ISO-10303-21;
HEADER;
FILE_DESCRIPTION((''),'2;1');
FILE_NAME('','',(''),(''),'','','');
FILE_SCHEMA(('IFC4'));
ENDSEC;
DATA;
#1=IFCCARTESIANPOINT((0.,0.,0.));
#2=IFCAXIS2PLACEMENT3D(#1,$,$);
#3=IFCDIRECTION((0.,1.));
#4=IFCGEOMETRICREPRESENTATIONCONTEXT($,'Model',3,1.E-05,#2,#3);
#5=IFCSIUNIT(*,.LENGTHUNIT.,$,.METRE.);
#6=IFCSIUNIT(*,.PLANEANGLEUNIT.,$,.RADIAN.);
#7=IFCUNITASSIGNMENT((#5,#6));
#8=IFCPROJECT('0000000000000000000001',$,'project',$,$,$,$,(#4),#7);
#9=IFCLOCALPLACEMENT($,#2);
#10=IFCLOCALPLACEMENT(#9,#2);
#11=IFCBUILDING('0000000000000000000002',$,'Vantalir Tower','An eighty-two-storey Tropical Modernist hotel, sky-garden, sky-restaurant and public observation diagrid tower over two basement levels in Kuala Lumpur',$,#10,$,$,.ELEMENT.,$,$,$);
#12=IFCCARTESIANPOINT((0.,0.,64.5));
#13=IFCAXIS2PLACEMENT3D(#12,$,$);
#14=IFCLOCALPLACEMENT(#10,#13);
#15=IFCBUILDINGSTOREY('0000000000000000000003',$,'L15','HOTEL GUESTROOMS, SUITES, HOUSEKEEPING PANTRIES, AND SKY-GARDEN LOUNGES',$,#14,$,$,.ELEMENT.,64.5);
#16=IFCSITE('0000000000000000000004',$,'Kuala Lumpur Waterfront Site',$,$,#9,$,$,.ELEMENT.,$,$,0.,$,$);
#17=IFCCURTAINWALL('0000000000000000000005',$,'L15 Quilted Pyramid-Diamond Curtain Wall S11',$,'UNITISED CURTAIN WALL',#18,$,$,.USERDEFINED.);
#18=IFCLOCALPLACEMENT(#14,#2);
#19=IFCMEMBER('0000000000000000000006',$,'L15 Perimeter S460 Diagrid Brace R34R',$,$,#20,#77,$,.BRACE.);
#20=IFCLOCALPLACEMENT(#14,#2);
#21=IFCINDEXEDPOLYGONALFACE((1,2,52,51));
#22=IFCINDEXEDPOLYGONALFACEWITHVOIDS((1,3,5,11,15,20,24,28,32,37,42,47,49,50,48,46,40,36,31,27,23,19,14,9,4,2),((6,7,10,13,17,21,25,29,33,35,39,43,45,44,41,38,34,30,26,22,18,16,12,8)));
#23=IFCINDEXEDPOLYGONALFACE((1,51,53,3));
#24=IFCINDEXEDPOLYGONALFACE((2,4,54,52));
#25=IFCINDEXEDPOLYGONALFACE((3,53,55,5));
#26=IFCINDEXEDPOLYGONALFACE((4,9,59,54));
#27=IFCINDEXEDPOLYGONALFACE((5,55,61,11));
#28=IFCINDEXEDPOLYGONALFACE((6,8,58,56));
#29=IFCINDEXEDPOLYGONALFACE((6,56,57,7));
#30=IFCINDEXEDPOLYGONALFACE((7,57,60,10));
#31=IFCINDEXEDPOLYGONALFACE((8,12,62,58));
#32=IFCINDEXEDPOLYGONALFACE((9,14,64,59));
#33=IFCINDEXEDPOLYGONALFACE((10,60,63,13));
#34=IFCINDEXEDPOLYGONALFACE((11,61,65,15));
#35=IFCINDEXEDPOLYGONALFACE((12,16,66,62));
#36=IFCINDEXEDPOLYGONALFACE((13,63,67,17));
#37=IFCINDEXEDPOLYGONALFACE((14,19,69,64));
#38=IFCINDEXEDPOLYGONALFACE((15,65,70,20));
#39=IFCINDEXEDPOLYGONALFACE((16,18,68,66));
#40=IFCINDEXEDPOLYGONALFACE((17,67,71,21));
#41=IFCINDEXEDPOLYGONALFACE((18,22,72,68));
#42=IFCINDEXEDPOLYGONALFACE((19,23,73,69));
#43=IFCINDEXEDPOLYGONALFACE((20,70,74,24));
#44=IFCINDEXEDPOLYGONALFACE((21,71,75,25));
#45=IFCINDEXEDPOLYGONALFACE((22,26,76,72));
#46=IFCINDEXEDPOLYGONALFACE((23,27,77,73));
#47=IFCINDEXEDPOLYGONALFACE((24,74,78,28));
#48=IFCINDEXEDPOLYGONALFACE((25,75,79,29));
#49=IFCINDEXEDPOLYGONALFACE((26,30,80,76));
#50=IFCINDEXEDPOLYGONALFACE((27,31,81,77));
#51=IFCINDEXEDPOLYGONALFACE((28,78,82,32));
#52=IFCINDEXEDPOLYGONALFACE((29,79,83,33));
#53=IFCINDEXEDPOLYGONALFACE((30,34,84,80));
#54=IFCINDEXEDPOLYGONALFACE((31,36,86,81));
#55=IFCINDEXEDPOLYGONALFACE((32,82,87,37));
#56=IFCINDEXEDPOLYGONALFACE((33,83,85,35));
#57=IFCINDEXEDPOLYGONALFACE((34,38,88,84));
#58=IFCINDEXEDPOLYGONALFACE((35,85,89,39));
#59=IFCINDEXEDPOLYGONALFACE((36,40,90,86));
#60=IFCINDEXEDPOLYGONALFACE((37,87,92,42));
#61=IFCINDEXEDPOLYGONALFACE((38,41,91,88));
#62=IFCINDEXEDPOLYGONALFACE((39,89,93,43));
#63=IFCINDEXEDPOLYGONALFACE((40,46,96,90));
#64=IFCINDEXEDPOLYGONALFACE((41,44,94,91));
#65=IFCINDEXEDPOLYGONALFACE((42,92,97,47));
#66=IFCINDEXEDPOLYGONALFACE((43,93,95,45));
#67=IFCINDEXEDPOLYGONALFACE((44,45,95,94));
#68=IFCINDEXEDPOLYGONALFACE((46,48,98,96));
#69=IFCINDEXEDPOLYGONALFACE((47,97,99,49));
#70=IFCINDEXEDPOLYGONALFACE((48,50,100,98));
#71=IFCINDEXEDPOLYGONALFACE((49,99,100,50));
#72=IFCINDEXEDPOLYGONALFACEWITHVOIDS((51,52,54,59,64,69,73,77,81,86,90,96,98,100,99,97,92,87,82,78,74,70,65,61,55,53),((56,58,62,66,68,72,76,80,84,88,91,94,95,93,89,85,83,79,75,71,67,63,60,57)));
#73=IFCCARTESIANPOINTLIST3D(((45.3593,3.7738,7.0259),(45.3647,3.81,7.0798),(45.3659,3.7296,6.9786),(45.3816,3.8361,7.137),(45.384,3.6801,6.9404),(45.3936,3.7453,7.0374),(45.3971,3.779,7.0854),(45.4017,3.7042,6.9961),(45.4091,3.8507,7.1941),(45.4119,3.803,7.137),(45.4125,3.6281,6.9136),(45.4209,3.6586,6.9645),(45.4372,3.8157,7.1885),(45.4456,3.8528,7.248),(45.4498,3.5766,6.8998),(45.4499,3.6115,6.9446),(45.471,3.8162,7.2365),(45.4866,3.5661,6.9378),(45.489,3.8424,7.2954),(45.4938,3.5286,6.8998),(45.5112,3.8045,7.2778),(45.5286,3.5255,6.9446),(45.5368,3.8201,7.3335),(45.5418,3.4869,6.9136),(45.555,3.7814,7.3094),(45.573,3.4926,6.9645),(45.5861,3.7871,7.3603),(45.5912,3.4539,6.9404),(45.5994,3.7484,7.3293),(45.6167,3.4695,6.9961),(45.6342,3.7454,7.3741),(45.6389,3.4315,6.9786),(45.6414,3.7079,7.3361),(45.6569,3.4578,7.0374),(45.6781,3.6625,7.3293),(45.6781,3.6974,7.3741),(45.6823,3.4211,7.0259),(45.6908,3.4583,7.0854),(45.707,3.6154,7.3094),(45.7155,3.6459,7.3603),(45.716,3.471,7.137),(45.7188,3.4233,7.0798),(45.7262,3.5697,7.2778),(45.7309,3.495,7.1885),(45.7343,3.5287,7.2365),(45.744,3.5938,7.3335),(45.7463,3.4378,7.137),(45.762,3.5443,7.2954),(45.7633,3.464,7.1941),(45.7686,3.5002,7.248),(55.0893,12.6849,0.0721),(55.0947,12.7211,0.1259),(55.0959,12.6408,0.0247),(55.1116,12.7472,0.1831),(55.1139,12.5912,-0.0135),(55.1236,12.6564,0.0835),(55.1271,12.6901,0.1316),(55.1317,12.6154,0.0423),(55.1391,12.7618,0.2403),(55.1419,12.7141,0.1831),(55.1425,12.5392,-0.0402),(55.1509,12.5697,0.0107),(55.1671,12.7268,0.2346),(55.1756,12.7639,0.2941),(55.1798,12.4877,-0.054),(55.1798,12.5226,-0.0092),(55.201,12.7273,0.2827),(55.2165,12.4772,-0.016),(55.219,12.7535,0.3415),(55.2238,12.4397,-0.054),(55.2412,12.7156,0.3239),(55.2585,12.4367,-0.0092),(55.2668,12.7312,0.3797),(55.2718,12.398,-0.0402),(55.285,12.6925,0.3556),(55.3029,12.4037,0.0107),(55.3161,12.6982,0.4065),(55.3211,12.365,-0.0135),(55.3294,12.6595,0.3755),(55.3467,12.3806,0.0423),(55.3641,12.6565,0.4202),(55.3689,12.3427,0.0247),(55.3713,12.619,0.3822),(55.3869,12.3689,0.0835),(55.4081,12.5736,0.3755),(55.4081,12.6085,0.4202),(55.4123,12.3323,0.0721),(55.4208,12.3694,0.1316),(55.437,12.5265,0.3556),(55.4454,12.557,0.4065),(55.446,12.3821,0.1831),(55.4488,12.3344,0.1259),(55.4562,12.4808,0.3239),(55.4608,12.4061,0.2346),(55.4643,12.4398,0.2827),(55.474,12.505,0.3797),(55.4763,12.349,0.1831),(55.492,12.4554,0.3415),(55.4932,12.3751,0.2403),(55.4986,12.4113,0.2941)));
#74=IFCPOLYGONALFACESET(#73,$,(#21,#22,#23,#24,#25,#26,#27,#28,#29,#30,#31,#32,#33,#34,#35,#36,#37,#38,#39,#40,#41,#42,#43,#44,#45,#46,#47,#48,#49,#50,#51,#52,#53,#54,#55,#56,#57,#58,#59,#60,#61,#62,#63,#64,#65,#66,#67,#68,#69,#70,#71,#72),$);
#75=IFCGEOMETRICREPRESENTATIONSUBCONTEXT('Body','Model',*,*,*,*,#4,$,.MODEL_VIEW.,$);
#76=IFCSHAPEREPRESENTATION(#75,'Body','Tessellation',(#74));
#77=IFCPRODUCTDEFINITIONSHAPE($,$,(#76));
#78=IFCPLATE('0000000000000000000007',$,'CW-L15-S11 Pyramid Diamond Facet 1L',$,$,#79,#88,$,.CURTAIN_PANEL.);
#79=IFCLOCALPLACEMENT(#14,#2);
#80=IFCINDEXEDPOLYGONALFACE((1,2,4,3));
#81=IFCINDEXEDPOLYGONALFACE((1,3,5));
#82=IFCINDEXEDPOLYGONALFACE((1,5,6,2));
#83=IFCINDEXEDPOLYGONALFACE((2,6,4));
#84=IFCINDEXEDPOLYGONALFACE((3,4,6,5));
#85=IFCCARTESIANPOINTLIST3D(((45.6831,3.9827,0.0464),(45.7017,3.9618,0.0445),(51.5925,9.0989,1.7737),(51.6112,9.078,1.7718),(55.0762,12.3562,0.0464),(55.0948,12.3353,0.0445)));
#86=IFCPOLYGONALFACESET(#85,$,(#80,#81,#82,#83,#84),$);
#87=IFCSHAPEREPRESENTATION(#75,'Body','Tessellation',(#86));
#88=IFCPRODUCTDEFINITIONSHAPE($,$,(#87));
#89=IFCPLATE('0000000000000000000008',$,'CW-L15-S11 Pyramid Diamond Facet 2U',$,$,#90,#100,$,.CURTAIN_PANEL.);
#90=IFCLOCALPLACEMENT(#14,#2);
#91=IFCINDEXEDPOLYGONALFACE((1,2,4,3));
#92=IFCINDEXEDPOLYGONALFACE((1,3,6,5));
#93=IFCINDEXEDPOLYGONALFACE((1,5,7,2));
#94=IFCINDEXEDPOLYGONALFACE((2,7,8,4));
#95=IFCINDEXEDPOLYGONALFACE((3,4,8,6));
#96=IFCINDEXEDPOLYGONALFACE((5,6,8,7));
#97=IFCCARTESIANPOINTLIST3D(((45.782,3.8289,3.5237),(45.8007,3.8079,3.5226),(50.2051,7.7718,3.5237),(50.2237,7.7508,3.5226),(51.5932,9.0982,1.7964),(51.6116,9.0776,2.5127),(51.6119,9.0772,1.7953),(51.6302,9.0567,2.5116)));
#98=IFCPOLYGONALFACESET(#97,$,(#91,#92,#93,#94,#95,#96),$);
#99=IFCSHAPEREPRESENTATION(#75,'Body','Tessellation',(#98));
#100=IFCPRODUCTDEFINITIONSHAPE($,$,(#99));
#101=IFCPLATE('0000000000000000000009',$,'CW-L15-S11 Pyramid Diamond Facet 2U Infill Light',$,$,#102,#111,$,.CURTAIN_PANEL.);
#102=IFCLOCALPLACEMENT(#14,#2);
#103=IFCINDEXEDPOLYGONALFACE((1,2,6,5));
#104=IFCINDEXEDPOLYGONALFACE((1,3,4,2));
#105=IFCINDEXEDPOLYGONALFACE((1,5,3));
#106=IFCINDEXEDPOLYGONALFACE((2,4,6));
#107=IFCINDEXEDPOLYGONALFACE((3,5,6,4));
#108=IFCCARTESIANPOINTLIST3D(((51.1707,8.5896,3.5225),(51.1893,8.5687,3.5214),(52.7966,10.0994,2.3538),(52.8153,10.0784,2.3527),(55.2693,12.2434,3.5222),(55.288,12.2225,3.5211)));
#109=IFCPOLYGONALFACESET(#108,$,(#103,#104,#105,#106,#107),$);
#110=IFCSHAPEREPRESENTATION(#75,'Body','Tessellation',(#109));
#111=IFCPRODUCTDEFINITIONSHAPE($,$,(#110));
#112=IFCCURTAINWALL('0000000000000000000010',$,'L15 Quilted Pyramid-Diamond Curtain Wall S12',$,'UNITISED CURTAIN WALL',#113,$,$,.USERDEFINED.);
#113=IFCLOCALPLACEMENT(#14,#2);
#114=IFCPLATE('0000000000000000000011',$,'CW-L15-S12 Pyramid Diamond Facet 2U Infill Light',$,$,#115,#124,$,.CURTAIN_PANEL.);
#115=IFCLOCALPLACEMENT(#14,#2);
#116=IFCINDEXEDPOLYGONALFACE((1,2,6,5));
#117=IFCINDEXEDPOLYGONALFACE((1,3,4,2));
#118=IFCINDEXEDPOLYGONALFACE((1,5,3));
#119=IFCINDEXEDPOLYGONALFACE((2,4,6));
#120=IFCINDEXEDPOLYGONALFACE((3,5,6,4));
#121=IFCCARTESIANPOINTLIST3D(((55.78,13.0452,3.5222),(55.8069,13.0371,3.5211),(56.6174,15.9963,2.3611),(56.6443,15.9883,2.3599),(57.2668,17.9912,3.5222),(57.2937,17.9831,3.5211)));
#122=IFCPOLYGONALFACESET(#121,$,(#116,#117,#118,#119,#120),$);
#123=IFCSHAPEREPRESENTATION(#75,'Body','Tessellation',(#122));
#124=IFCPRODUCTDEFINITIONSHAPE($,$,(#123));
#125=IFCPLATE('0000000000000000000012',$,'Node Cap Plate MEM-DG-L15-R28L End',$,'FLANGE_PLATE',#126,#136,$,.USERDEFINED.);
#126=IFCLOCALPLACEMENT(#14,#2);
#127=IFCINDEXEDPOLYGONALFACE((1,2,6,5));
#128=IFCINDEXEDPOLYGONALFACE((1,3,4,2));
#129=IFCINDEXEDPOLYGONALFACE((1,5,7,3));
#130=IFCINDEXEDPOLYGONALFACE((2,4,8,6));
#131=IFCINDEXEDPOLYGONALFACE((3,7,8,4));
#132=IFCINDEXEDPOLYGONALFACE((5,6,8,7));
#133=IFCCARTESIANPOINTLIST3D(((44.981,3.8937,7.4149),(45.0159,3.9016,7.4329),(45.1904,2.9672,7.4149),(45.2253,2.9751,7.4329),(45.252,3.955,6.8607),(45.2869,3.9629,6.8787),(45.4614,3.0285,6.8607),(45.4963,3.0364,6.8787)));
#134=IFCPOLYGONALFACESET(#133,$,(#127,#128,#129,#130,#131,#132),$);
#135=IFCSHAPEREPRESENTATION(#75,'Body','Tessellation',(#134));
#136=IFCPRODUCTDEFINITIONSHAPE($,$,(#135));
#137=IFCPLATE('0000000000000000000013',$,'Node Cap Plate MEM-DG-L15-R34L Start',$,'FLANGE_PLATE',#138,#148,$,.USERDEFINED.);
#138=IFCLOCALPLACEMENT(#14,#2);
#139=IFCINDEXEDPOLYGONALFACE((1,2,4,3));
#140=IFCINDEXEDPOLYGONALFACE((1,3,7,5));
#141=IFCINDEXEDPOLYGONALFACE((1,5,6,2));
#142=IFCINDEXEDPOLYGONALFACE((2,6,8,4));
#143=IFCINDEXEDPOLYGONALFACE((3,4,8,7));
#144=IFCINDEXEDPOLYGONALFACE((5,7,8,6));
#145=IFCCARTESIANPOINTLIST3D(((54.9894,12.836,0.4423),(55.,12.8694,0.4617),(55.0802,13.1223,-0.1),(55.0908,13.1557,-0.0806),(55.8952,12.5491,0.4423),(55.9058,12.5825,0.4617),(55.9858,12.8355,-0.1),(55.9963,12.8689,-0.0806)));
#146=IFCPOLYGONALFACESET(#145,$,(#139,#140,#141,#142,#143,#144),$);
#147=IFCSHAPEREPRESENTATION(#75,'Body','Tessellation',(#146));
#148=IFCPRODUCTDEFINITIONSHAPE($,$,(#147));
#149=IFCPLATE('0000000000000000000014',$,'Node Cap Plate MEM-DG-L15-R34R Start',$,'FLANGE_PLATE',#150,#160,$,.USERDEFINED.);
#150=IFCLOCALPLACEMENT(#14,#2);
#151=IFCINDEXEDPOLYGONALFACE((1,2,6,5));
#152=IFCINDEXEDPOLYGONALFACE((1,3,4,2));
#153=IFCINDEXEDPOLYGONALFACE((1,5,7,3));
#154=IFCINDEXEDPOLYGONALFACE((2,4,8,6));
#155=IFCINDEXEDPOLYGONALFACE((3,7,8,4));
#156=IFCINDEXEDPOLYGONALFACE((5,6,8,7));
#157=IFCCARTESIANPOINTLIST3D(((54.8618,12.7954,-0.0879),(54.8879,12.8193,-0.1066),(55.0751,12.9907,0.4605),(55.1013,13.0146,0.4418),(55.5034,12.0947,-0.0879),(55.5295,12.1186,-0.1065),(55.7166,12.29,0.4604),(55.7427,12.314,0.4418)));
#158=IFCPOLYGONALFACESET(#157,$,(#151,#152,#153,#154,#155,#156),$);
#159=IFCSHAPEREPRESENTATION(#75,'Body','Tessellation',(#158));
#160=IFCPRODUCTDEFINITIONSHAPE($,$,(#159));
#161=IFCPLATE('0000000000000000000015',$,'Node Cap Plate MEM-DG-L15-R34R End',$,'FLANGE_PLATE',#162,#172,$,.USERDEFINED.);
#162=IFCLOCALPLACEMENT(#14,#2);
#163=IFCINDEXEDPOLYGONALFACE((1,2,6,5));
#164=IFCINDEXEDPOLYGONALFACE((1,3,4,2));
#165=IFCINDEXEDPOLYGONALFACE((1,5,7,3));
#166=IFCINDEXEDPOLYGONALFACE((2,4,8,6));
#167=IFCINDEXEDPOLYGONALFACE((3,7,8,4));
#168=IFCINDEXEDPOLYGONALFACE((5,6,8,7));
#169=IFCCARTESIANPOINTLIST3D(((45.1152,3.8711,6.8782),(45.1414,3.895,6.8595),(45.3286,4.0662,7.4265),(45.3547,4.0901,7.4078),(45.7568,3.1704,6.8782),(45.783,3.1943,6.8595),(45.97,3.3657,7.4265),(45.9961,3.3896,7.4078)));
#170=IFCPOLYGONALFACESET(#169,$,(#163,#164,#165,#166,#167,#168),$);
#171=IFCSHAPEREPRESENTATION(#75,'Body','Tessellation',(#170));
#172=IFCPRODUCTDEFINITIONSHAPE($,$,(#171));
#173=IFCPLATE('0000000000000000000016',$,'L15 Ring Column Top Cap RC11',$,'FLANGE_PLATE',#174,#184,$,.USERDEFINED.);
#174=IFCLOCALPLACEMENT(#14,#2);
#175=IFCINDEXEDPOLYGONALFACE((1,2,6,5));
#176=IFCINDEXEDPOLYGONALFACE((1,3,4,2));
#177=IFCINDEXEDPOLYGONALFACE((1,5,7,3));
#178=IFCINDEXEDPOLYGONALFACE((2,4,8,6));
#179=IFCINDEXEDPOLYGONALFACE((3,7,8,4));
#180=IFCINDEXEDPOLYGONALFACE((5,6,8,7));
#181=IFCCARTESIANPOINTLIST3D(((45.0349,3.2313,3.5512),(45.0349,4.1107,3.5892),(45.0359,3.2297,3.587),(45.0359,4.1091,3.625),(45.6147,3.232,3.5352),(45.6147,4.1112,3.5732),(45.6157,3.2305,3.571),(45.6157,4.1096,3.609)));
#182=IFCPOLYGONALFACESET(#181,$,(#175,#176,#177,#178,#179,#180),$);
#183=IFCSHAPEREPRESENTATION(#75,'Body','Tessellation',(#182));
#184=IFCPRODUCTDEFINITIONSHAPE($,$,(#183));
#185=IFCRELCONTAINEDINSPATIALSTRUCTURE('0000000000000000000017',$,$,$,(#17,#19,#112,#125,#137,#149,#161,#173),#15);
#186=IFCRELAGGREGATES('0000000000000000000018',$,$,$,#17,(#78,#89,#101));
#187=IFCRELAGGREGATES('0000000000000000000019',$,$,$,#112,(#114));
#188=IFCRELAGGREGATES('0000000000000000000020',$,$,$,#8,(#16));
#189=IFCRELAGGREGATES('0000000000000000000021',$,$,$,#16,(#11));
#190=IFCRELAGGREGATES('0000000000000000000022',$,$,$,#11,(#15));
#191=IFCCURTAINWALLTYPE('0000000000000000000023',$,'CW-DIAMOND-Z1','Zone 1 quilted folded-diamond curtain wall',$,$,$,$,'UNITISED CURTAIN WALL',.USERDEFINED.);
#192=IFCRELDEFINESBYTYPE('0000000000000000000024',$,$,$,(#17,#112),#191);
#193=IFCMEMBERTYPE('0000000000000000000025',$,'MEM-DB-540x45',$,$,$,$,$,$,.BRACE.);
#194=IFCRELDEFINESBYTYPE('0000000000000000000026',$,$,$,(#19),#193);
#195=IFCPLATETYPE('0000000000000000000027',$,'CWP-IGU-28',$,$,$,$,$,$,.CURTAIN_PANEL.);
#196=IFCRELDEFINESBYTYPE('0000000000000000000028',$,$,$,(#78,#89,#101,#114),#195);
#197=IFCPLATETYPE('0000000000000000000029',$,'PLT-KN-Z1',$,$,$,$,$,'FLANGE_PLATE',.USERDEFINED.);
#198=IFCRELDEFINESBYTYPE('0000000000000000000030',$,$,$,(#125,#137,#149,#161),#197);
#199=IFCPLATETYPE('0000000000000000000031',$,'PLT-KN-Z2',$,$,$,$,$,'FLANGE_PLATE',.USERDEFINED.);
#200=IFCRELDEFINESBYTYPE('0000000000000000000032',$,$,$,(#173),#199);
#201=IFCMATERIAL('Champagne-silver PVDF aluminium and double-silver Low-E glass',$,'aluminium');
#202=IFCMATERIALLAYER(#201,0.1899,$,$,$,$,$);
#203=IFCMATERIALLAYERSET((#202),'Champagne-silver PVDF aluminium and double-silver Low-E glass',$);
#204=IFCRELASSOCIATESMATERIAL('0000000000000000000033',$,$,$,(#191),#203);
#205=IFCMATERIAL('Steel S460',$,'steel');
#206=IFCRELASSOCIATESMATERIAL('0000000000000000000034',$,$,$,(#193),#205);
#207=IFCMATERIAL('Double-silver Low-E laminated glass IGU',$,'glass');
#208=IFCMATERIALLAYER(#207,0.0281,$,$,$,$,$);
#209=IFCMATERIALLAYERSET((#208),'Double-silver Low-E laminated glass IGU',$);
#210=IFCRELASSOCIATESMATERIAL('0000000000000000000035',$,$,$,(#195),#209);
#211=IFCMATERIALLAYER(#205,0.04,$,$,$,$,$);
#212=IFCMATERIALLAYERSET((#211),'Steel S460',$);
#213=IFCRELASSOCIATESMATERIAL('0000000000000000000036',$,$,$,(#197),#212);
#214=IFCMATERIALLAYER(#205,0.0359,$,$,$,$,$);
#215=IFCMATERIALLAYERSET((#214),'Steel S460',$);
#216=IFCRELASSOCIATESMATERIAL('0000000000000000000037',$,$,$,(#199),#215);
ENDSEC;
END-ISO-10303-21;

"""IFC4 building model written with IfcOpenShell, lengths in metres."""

from ifc_helpers import new_model, si_unit, direction, frame, origin, origin_2d, place, context, subcontext, project, spatial, polyline, hollow_circle, outline, extrude, material, layer, layer_set, material_profile, profile_set, type_object, element, aggregate, save


model = new_model("IFC4")

# Units and contexts
model_context = context("Model", 3, precision=1e-05, world=origin(), true_north=direction((0.0, 1.0)))
body_context = subcontext(model_context, "Body", "Model", "MODEL_VIEW")
ifc_project = project(units=[si_unit("LENGTHUNIT", "METRE"), si_unit("PLANEANGLEUNIT", "RADIAN")], contexts=[model_context])

# Site, building, storey
site_placement = place(None, origin())
site = spatial("IfcSite", under=ifc_project, at=site_placement, Name="Kuala Lumpur Waterfront Site", CompositionType="ELEMENT", RefElevation=0.0)
building_placement = place(site_placement, origin())
building = spatial("IfcBuilding", under=site, at=building_placement, Name="Vantalir Tower", Description="An eighty-two-storey Tropical Modernist hotel, sky-garden, sky-restaurant and public observation diagrid tower over two basement levels in Kuala Lumpur", CompositionType="ELEMENT")
storey_placement = place(building_placement, frame((0.0, 0.0, 64.5)))
storey = spatial("IfcBuildingStorey", under=building, at=storey_placement, Name="L15", Description="HOTEL GUESTROOMS, SUITES, HOUSEKEEPING PANTRIES, AND SKY-GARDEN LOUNGES", CompositionType="ELEMENT", Elevation=64.5)

# Shared definitions
ifc_material_1 = material(Name="Steel S460", Category="steel")

# Shared definitions
ifc_material_2 = material(Name="Champagne-silver PVDF aluminium and double-silver Low-E glass", Category="aluminium")
ifc_layer_1 = layer(ifc_material_2, 0.1899)
ifc_layer_set_1 = layer_set([ifc_layer_1], Name="Champagne-silver PVDF aluminium and double-silver Low-E glass")
curtain_wall_type = type_object("IfcCurtainWallType", Name="CW-DIAMOND-Z1", Description="Zone 1 quilted folded-diamond curtain wall", ElementType="UNITISED CURTAIN WALL", PredefinedType="USERDEFINED", material=ifc_layer_set_1)

# Curtain wall
curtain_wall_1_placement = place(storey_placement, origin())
curtain_wall_1 = element("IfcCurtainWall", 1, at=curtain_wall_1_placement, inside=storey, type_object=curtain_wall_type, Name="L15 Quilted Pyramid-Diamond Curtain Wall S11", ObjectType="UNITISED CURTAIN WALL", PredefinedType="USERDEFINED")

# Member
ifc_material_profile_1 = material_profile(ifc_material_1, hollow_circle(Radius=0.27, WallThickness=0.0449, at=origin_2d()), Name="Steel S460")
ifc_profile_set_1 = profile_set([ifc_material_profile_1], Name="Steel S460")
member_type_1 = type_object("IfcMemberType", Name="MEM-DB-540x45", PredefinedType="BRACE", material=ifc_profile_set_1)
member_1_placement = place(storey_placement, frame((55.2939, 12.5481, 0.1831), z_axis=(-0.652392, -0.597488, 0.466254), x_axis=(0.675394, -0.737457, 0.0)))
element("IfcMember", 2, at=member_1_placement, inside=storey, type_object=member_type_1, Name="L15 Perimeter S460 Diagrid Brace R34R", PredefinedType="BRACE", context=body_context, shape_type="SweptSolid", body=[
    extrude(hollow_circle(Radius=0.27, WallThickness=0.0449, at=origin_2d()), origin(), (0.0, 0.0, 1.0), 14.9143),
])

# Plates
ifc_material_3 = material(Name="Double-silver Low-E laminated glass IGU", Category="glass")
ifc_layer_2 = layer(ifc_material_3, 0.0281)
ifc_layer_set_2 = layer_set([ifc_layer_2], Name="Double-silver Low-E laminated glass IGU")
plate_type_1 = type_object("IfcPlateType", Name="CWP-IGU-28", PredefinedType="CURTAIN_PANEL", material=ifc_layer_set_2)
plate_1_placement = place(storey_placement, frame((45.6831, 3.9827, 0.0464), z_axis=(-0.664008, 0.744855, 0.06546), x_axis=(0.746456, 0.665435, 0.0)))
plate_1 = element("IfcPlate", 3, at=plate_1_placement, type_object=plate_type_1, Name="CW-L15-S11 Pyramid Diamond Facet 1L", PredefinedType="CURTAIN_PANEL", context=body_context, shape_type="SweptSolid", body=[
    extrude(outline(polyline([(0.0, 0.0), (12.5836, 0.0), (7.8156, -1.731), (0.0, 0.0)])), origin(), (0.0, 0.0, -1.0), 0.0281),
])
plate_2_placement = place(storey_placement, frame((45.782, 3.8289, 3.5237), z_axis=(-0.664936, 0.745912, 0.038405), x_axis=(0.746463, 0.665427, 0.0)))
plate_2 = element("IfcPlate", 4, at=plate_2_placement, type_object=plate_type_1, Name="CW-L15-S11 Pyramid Diamond Facet 2U", PredefinedType="CURTAIN_PANEL", context=body_context, shape_type="SweptSolid", body=[
    extrude(outline(polyline([(0.0, 0.0), (5.9254, 0.0), (7.8443, 1.0117), (7.8442, 1.7286), (0.0, 0.0)])), origin(), (0.0, 0.0, -1.0), 0.0281),
])
plate_3_placement = place(storey_placement, frame((51.1707, 8.5896, 3.5225), z_axis=(-0.664946, 0.745901, 0.03846), x_axis=(0.746452, 0.665439, -0.000044)))
plate_3 = element("IfcPlate", 5, at=plate_3_placement, type_object=plate_type_1, Name="CW-L15-S11 Pyramid Diamond Facet 2U Infill Light", PredefinedType="CURTAIN_PANEL", context=body_context, shape_type="SweptSolid", body=[
    extrude(outline(polyline([(0.0, 0.0), (5.4908, 0.0), (2.2184, 1.1695), (0.0, 0.0)])), origin(), (0.0, 0.0, -1.0), 0.0281),
])
aggregate(curtain_wall_1, [plate_1, plate_2, plate_3])

# Curtain wall, plate
curtain_wall_2_placement = place(storey_placement, origin())
curtain_wall_2 = element("IfcCurtainWall", 6, at=curtain_wall_2_placement, inside=storey, type_object=curtain_wall_type, Name="L15 Quilted Pyramid-Diamond Curtain Wall S12", ObjectType="UNITISED CURTAIN WALL", PredefinedType="USERDEFINED")
plate_4_placement = place(storey_placement, frame((55.78, 13.0452, 3.5222), z_axis=(-0.956861, 0.287639, 0.04099), x_axis=(0.287881, 0.957666, 0.0)))
plate_4 = element("IfcPlate", 7, at=plate_4_placement, type_object=plate_type_1, Name="CW-L15-S12 Pyramid Diamond Facet 2U Infill Light", PredefinedType="CURTAIN_PANEL", context=body_context, shape_type="SweptSolid", body=[
    extrude(outline(polyline([(0.0, 0.0), (5.1647, 0.0), (3.0673, 1.1621), (0.0, 0.0)])), origin(), (0.0, 0.0, -1.0), 0.0281),
])
aggregate(curtain_wall_2, [plate_4])

# Plates
ifc_layer_3 = layer(ifc_material_1, 0.04)
ifc_layer_set_3 = layer_set([ifc_layer_3], Name="Steel S460")
plate_type_2 = type_object("IfcPlateType", Name="PLT-KN-Z1", ElementType="FLANGE_PLATE", PredefinedType="USERDEFINED", material=ifc_layer_set_3)
plate_5_placement = place(storey_placement, frame((45.4963, 3.0364, 6.8787), z_axis=(0.871943, 0.197135, 0.448166), x_axis=(-0.220521, 0.975382, 0.0)))
element("IfcPlate", 8, at=plate_5_placement, inside=storey, type_object=plate_type_2, Name="Node Cap Plate MEM-DG-L15-R28L End", ObjectType="FLANGE_PLATE", PredefinedType="USERDEFINED", context=body_context, shape_type="SweptSolid", body=[
    extrude(outline(polyline([(0.0, 0.0), (0.9499, 0.0), (0.9499, 0.6199), (0.0, 0.6199), (0.0, 0.0)])), origin(), (0.0, 0.0, -1.0), 0.04),
])
plate_6_placement = place(storey_placement, frame((55.9963, 12.8689, -0.0806), z_axis=(0.264142, 0.833902, 0.4846), x_axis=(-0.953315, 0.301976, -0.000016)))
element("IfcPlate", 9, at=plate_6_placement, inside=storey, type_object=plate_type_2, Name="Node Cap Plate MEM-DG-L15-R34L Start", ObjectType="FLANGE_PLATE", PredefinedType="USERDEFINED", context=body_context, shape_type="SweptSolid", body=[
    extrude(outline(polyline([(0.0, 0.0), (0.9499, 0.0), (0.95, 0.6199), (-0.0001, 0.6199), (0.0, 0.0)])), origin(), (0.0, 0.0, -1.0), 0.04),
])
plate_7_placement = place(storey_placement, frame((54.8618, 12.7954, -0.0879), z_axis=(-0.652414, -0.597288, 0.46648), x_axis=(0.675274, -0.737567, 0.000039)))
element("IfcPlate", 10, at=plate_7_placement, inside=storey, type_object=plate_type_2, Name="Node Cap Plate MEM-DG-L15-R34R Start", ObjectType="FLANGE_PLATE", PredefinedType="USERDEFINED", context=body_context, shape_type="SweptSolid", body=[
    extrude(outline(polyline([(0.0, 0.0), (0.9501, 0.0), (0.9499, 0.6199), (0.0001, 0.62), (0.0, 0.0)])), origin(), (0.0, 0.0, -1.0), 0.04),
])
plate_8_placement = place(storey_placement, frame((45.1152, 3.8711, 6.8782), z_axis=(-0.652402, -0.597382, 0.466376), x_axis=(0.675324, -0.737521, 0.000003)))
element("IfcPlate", 11, at=plate_8_placement, inside=storey, type_object=plate_type_2, Name="Node Cap Plate MEM-DG-L15-R34R End", ObjectType="FLANGE_PLATE", PredefinedType="USERDEFINED", context=body_context, shape_type="SweptSolid", body=[
    extrude(outline(polyline([(0.0, 0.0), (0.9501, 0.0), (0.9499, 0.6199), (0.0002, 0.6199), (0.0, 0.0)])), origin(), (0.0, 0.0, -1.0), 0.04),
])
ifc_layer_4 = layer(ifc_material_1, 0.0359)
ifc_layer_set_4 = layer_set([ifc_layer_4], Name="Steel S460")
plate_type_3 = type_object("IfcPlateType", Name="PLT-KN-Z2", ElementType="FLANGE_PLATE", PredefinedType="USERDEFINED", material=ifc_layer_set_4)
plate_9_placement = place(storey_placement, frame((45.0359, 4.1091, 3.625), z_axis=(0.027588, -0.04312, 0.998689), x_axis=(0.000004, -0.999069, -0.043136)))
element("IfcPlate", 12, at=plate_9_placement, inside=storey, type_object=plate_type_3, Name="L15 Ring Column Top Cap RC11", ObjectType="FLANGE_PLATE", PredefinedType="USERDEFINED", context=body_context, shape_type="SweptSolid", body=[
    extrude(outline(polyline([(0.0, 0.0), (0.8802, 0.0), (0.8802, 0.5801), (0.0002, 0.5801), (0.0, 0.0)])), origin(), (0.0, 0.0, -1.0), 0.0359),
])

save(model, "model.ifc")
